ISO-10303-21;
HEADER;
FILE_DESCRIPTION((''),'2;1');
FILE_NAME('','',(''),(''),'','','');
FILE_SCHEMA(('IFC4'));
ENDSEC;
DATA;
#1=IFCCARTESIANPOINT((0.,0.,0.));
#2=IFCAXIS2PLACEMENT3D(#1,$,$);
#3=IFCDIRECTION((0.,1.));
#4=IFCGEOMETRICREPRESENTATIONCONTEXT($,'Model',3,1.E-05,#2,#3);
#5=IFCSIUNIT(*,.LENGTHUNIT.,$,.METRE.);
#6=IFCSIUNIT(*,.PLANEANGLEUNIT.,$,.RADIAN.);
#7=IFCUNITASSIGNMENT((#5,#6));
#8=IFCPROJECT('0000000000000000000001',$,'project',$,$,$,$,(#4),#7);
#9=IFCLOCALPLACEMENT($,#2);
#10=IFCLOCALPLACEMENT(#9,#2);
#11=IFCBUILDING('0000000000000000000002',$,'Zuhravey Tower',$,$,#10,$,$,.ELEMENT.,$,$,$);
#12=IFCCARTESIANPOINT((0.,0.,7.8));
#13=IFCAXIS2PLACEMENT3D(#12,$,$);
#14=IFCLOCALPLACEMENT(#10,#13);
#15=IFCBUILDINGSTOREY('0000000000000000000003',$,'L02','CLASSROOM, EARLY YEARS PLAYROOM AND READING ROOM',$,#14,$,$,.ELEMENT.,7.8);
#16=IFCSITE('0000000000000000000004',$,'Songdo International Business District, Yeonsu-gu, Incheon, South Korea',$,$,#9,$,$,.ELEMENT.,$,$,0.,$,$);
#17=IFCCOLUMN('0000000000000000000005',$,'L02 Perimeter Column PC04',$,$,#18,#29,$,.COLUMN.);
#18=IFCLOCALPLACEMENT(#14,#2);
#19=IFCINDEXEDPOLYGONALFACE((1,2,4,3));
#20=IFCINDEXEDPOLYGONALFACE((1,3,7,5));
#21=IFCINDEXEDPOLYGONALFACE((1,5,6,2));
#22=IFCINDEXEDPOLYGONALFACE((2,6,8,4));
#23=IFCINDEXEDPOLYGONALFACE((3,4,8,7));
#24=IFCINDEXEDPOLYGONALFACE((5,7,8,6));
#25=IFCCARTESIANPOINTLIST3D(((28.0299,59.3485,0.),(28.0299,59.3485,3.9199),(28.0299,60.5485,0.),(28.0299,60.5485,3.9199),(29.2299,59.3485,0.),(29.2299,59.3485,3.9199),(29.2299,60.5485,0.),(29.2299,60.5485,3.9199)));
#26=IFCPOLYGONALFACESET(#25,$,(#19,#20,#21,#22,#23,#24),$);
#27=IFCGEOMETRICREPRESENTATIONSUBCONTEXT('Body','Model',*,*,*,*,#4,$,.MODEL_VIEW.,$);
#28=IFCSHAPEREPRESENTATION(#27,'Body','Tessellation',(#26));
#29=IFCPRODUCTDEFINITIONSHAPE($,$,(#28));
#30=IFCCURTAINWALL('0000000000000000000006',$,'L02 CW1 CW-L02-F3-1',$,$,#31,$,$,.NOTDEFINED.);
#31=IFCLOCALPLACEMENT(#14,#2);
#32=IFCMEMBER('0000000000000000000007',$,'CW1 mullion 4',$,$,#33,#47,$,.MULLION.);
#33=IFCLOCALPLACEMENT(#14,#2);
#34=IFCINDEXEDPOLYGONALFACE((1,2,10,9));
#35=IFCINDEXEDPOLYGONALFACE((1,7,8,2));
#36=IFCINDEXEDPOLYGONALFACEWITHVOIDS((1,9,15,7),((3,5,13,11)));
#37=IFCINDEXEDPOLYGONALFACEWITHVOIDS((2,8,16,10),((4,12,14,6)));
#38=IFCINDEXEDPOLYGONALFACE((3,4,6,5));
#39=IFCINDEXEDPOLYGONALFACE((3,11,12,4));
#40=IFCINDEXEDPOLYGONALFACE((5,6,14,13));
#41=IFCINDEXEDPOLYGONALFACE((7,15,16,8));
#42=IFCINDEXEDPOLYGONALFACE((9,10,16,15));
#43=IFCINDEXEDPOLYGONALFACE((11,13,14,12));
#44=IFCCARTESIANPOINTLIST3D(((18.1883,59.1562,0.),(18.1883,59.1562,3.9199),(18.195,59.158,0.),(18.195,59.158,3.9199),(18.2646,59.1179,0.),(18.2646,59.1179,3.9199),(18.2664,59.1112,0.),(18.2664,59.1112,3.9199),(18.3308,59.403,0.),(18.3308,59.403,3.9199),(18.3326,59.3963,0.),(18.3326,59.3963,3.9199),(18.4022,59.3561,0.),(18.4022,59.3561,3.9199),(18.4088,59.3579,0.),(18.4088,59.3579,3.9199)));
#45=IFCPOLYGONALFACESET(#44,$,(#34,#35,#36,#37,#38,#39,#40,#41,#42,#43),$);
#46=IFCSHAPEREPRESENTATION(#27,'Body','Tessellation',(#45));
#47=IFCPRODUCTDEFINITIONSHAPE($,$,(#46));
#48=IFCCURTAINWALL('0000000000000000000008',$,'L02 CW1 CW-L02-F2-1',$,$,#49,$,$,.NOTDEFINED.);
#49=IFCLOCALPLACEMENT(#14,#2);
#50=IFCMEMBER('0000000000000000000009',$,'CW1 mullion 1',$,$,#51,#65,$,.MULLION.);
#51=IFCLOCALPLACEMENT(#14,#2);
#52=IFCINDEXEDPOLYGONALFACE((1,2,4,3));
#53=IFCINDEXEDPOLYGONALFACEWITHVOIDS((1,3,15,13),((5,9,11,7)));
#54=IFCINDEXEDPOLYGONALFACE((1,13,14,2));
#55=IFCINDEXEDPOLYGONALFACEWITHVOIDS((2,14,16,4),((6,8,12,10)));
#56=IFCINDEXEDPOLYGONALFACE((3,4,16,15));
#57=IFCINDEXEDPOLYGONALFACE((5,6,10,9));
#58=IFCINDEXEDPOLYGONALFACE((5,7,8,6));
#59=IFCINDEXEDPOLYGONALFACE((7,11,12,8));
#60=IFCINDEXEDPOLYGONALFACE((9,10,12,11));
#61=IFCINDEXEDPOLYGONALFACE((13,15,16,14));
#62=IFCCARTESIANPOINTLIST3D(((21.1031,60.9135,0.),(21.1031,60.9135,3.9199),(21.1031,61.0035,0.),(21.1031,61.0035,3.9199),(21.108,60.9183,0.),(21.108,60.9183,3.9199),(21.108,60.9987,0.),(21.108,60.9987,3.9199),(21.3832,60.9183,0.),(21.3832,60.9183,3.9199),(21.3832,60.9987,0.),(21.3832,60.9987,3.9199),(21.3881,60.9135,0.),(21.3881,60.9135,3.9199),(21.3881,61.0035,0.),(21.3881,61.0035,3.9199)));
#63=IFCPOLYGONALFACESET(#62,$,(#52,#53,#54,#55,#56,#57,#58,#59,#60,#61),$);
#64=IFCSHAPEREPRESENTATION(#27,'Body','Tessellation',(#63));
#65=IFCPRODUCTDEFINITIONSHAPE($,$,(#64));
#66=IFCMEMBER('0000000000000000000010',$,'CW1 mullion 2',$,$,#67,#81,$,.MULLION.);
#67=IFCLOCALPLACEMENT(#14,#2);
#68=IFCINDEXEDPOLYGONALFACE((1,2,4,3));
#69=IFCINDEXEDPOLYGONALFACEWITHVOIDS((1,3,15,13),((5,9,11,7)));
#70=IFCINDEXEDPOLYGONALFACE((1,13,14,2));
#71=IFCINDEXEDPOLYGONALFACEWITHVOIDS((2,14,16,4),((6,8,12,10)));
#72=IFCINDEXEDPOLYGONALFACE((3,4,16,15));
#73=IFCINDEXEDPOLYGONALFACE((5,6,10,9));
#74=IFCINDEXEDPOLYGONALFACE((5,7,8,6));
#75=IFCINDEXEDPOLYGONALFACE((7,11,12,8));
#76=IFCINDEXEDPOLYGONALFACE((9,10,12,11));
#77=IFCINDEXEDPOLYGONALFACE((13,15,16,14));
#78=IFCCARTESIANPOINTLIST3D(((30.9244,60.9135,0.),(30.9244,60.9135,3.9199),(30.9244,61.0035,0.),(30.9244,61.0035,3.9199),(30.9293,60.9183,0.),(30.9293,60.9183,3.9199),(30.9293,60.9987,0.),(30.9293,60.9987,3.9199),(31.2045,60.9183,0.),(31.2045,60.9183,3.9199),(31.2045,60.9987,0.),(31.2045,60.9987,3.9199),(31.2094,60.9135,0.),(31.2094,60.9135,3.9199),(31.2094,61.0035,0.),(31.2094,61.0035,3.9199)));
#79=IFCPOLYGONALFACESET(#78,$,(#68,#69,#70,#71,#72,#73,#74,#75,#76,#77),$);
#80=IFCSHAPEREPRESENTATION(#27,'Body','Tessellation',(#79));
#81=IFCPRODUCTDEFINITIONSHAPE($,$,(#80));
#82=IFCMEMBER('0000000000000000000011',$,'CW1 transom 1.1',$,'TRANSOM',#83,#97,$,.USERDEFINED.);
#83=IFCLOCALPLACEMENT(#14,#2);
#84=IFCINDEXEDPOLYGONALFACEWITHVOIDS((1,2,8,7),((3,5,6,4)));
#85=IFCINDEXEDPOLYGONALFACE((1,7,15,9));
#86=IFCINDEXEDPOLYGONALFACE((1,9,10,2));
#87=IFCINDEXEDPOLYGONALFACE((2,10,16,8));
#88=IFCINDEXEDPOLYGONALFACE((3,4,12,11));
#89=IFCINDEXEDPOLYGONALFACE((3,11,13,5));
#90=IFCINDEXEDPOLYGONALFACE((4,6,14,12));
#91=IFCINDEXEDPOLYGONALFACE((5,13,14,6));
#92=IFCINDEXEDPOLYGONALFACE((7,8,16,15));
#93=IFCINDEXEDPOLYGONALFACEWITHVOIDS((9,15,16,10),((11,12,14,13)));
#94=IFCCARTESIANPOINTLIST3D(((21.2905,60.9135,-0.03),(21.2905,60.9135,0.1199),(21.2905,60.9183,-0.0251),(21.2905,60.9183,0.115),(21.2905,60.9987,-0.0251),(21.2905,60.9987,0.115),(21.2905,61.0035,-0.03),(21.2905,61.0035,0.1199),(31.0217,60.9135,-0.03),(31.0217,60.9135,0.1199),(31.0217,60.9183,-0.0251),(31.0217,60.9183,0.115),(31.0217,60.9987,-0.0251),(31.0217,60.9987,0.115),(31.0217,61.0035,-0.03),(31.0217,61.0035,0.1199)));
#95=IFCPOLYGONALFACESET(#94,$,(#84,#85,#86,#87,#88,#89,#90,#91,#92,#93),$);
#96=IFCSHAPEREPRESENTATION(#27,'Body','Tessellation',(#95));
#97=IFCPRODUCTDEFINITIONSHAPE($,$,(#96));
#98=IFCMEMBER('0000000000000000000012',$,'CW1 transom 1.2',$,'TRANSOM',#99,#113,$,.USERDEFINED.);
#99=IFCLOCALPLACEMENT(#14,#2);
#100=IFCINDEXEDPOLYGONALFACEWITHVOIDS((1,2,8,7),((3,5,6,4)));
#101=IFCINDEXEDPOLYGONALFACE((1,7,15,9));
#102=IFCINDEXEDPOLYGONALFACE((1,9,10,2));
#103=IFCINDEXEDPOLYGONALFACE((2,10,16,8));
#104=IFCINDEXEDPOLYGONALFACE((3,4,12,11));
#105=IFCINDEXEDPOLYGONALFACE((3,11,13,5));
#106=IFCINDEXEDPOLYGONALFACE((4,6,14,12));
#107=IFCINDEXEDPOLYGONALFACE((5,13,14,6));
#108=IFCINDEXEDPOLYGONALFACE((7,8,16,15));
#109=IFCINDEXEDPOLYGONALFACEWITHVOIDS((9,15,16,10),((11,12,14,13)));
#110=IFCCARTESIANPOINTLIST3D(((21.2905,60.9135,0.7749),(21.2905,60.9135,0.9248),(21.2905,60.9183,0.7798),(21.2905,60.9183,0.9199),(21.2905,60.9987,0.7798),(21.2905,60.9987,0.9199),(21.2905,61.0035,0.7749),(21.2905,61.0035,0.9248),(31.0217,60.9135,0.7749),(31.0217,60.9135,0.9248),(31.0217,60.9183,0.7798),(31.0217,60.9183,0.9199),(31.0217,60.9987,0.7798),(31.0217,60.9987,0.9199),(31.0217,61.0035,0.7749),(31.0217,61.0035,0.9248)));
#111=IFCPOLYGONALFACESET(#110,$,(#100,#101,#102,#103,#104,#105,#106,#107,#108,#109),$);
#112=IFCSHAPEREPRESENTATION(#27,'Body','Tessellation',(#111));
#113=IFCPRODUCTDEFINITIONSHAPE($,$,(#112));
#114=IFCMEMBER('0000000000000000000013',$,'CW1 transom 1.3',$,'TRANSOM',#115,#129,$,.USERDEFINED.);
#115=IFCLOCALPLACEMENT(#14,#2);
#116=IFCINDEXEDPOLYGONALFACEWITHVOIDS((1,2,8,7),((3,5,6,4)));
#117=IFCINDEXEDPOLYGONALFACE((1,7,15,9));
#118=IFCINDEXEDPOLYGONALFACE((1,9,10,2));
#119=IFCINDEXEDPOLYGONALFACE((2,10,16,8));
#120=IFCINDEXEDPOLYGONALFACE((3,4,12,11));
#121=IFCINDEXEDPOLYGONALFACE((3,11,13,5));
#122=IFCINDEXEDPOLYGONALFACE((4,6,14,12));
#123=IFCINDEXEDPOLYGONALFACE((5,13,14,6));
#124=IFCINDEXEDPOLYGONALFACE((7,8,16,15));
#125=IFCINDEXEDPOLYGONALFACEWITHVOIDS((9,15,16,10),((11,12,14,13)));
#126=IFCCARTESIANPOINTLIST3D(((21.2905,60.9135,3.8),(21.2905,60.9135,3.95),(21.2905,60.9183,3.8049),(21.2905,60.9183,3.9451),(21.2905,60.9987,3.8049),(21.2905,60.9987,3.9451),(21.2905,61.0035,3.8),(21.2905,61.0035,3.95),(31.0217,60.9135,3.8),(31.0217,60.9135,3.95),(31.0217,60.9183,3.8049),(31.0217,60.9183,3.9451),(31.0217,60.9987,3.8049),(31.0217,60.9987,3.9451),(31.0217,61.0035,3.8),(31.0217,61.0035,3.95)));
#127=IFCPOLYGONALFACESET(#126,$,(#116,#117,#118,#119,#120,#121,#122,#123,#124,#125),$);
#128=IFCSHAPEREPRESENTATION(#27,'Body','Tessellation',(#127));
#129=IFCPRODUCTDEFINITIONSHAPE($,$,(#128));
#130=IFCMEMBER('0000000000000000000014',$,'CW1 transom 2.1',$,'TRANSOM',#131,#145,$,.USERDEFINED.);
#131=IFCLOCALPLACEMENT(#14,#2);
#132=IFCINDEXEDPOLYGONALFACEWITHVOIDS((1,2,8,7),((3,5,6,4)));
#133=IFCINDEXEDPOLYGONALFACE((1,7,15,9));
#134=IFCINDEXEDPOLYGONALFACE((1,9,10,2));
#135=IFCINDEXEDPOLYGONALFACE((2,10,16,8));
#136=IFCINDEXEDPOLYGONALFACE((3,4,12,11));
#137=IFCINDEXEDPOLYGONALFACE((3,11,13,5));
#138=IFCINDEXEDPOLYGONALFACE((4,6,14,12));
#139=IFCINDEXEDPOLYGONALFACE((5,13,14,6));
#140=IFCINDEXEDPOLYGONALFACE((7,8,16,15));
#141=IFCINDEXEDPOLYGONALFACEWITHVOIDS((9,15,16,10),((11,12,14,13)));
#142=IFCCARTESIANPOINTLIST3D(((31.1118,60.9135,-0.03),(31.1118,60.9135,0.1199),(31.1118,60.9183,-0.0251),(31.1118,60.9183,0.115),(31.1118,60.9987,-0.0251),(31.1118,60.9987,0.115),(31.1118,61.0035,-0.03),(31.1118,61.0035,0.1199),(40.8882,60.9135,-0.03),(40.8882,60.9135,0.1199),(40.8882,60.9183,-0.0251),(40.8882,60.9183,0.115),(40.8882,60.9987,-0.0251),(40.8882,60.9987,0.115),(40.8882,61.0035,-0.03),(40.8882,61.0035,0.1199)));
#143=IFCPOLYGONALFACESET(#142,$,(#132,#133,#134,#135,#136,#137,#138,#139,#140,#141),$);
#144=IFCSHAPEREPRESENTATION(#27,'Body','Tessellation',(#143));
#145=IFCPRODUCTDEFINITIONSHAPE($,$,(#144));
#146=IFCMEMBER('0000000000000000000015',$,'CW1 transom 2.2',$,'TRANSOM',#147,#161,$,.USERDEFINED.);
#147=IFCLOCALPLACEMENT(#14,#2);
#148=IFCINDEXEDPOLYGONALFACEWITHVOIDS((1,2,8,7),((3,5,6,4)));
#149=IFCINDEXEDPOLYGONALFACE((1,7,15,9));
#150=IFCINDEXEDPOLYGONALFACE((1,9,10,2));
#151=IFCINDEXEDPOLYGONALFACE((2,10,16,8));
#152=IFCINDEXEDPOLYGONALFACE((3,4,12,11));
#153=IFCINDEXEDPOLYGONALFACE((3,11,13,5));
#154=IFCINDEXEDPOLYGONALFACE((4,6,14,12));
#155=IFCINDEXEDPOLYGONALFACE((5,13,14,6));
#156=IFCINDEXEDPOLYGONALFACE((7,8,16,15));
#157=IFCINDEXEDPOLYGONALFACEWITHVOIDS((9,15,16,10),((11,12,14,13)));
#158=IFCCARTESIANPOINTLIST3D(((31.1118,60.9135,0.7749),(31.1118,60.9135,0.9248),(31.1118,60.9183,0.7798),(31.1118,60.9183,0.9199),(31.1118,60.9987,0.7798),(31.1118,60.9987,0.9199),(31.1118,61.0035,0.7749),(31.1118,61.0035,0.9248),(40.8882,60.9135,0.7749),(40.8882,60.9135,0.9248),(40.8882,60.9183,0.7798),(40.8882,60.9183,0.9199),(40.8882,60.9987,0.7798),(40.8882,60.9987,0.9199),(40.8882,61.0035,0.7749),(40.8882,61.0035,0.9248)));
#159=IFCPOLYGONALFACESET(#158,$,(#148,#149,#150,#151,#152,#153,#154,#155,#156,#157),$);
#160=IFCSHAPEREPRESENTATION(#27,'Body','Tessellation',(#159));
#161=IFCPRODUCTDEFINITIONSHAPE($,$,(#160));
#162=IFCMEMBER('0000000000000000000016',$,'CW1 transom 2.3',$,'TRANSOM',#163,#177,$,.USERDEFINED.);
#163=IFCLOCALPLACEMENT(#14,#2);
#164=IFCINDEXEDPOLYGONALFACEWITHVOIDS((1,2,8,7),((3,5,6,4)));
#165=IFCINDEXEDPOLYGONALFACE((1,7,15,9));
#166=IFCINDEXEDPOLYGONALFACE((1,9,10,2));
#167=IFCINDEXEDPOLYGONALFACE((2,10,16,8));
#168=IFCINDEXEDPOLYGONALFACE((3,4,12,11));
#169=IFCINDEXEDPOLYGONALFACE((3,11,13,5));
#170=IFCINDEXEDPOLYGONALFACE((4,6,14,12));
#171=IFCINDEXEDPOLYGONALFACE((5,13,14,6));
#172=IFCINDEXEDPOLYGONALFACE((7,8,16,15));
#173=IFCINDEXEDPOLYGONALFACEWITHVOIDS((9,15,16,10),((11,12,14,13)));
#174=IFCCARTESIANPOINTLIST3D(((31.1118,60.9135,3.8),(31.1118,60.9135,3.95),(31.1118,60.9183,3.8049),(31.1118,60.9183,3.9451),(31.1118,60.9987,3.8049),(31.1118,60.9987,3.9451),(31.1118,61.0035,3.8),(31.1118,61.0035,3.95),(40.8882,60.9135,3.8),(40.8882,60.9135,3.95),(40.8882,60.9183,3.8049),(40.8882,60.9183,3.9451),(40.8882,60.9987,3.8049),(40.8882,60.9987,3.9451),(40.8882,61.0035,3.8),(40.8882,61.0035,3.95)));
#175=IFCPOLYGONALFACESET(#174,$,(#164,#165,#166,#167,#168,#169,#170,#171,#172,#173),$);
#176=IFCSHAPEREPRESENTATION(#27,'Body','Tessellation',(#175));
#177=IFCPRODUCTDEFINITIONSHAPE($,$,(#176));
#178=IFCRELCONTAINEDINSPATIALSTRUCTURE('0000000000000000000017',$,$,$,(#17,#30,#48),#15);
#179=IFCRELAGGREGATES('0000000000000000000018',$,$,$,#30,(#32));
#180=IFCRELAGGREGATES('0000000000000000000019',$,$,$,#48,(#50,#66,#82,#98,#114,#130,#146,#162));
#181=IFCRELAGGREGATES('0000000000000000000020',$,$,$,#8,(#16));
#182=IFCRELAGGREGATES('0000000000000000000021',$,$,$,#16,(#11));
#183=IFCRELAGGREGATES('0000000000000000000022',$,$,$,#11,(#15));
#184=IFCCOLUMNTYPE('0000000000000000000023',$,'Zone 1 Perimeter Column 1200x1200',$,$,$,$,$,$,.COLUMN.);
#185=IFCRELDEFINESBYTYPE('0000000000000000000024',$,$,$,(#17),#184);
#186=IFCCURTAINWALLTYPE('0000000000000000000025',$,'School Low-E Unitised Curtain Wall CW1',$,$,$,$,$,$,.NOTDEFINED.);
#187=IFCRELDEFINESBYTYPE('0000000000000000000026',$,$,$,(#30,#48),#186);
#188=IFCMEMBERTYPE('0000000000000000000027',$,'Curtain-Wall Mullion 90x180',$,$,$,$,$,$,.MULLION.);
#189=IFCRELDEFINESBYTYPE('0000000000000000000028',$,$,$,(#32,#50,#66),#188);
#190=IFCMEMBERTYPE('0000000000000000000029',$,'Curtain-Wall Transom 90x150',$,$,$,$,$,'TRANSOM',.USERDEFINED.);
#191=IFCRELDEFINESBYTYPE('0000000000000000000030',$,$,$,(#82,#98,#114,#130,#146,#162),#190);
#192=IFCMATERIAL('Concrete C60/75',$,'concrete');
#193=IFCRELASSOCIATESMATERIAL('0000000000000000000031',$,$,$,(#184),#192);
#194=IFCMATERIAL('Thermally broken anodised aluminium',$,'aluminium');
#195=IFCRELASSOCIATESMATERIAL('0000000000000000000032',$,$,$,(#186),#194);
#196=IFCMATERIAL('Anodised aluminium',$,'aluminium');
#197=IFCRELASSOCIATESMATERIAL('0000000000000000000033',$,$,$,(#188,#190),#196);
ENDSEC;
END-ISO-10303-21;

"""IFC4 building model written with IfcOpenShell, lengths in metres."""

from ifc_helpers import new_model, si_unit, direction, frame, origin, origin_2d, place, context, subcontext, project, spatial, rectangle, hollow_rectangle, extrude, material, material_profile, profile_set, type_object, element, aggregate, save


model = new_model("IFC4")

# Units and contexts
model_context = context("Model", 3, precision=1e-05, world=origin(), true_north=direction((0.0, 1.0)))
body_context = subcontext(model_context, "Body", "Model", "MODEL_VIEW")
ifc_project = project(units=[si_unit("LENGTHUNIT", "METRE"), si_unit("PLANEANGLEUNIT", "RADIAN")], contexts=[model_context])

# Site, building, storey
site_placement = place(None, origin())
site = spatial("IfcSite", under=ifc_project, at=site_placement, Name="Songdo International Business District, Yeonsu-gu, Incheon, South Korea", CompositionType="ELEMENT", RefElevation=0.0)
building_placement = place(site_placement, origin())
building = spatial("IfcBuilding", under=site, at=building_placement, Name="Zuhravey Tower", CompositionType="ELEMENT")
storey_placement = place(building_placement, frame((0.0, 0.0, 7.8)))
storey = spatial("IfcBuildingStorey", under=building, at=storey_placement, Name="L02", Description="CLASSROOM, EARLY YEARS PLAYROOM AND READING ROOM", CompositionType="ELEMENT", Elevation=7.8)

# Column
ifc_material_1 = material(Name="Concrete C60/75", Category="concrete")
ifc_material_profile_1 = material_profile(ifc_material_1, rectangle(XDim=1.2, YDim=1.2, at=origin_2d()), Name="RC-1200x1200")
ifc_profile_set_1 = profile_set([ifc_material_profile_1], Name="Concrete C60/75")
column_type = type_object("IfcColumnType", Name="Zone 1 Perimeter Column 1200x1200", PredefinedType="COLUMN", material=ifc_profile_set_1)
column_placement = place(storey_placement, frame((28.6299, 59.9485, 0.0), z_axis=(0.0, 0.0, 1.0), x_axis=(-1.0, 0.0, 0.0)))
element("IfcColumn", 1, at=column_placement, inside=storey, type_object=column_type, Name="L02 Perimeter Column PC04", PredefinedType="COLUMN", context=body_context, shape_type="SweptSolid", body=[
    extrude(rectangle(XDim=1.2, YDim=1.2, at=origin_2d()), origin(), (0.0, 0.0, 1.0), 3.9199),
])

# Curtain wall, member
ifc_material_2 = material(Name="Thermally broken anodised aluminium", Category="aluminium")
curtain_wall_type = type_object("IfcCurtainWallType", Name="School Low-E Unitised Curtain Wall CW1", PredefinedType="NOTDEFINED", material=ifc_material_2)
curtain_wall_1_placement = place(storey_placement, origin())
curtain_wall_1 = element("IfcCurtainWall", 2, at=curtain_wall_1_placement, inside=storey, type_object=curtain_wall_type, Name="L02 CW1 CW-L02-F3-1", PredefinedType="NOTDEFINED")
ifc_material_3 = material(Name="Anodised aluminium", Category="aluminium")
ifc_material_profile_2 = material_profile(ifc_material_3, hollow_rectangle(XDim=0.0901, YDim=0.2849, WallThickness=0.0049, at=origin_2d()), Name="ALU-RHS-90x285x5")
ifc_profile_set_2 = profile_set([ifc_material_profile_2], Name="Anodised aluminium")
member_type_1 = type_object("IfcMemberType", Name="Curtain-Wall Mullion 90x180", PredefinedType="MULLION", material=ifc_profile_set_2)
member_1_placement = place(storey_placement, frame((18.2986, 59.2571, 0.0), z_axis=(0.0, 0.0, 1.0), x_axis=(-0.866026, 0.5, 0.0)))
member_1 = element("IfcMember", 3, at=member_1_placement, type_object=member_type_1, Name="CW1 mullion 4", PredefinedType="MULLION", context=body_context, shape_type="SweptSolid", body=[
    extrude(hollow_rectangle(XDim=0.0901, YDim=0.2849, WallThickness=0.0049, at=origin_2d()), origin(), (0.0, 0.0, 1.0), 3.9199),
])
aggregate(curtain_wall_1, [member_1])

# Curtain wall, members
curtain_wall_2_placement = place(storey_placement, origin())
curtain_wall_2 = element("IfcCurtainWall", 4, at=curtain_wall_2_placement, inside=storey, type_object=curtain_wall_type, Name="L02 CW1 CW-L02-F2-1", PredefinedType="NOTDEFINED")
member_2_placement = place(storey_placement, frame((21.2456, 60.9585, 0.0), z_axis=(0.0, 0.0, 1.0), x_axis=(0.0, 1.0, 0.0)))
member_2 = element("IfcMember", 5, at=member_2_placement, type_object=member_type_1, Name="CW1 mullion 1", PredefinedType="MULLION", context=body_context, shape_type="SweptSolid", body=[
    extrude(hollow_rectangle(XDim=0.0901, YDim=0.2849, WallThickness=0.0049, at=origin_2d()), origin(), (0.0, 0.0, 1.0), 3.9199),
])
member_3_placement = place(storey_placement, frame((31.0669, 60.9585, 0.0), z_axis=(0.0, 0.0, 1.0), x_axis=(0.0, 1.0, 0.0)))
member_3 = element("IfcMember", 6, at=member_3_placement, type_object=member_type_1, Name="CW1 mullion 2", PredefinedType="MULLION", context=body_context, shape_type="SweptSolid", body=[
    extrude(hollow_rectangle(XDim=0.0901, YDim=0.2849, WallThickness=0.0049, at=origin_2d()), origin(), (0.0, 0.0, 1.0), 3.9199),
])
ifc_material_profile_3 = material_profile(ifc_material_3, hollow_rectangle(XDim=0.0901, YDim=0.1499, WallThickness=0.0049, at=origin_2d()), Name="ALU-RHS-90x150x5")
ifc_profile_set_3 = profile_set([ifc_material_profile_3], Name="Anodised aluminium")
member_type_2 = type_object("IfcMemberType", Name="Curtain-Wall Transom 90x150", ElementType="TRANSOM", PredefinedType="USERDEFINED", material=ifc_profile_set_3)
member_4_placement = place(storey_placement, frame((21.2905, 60.9585, 0.0449), z_axis=(1.0, 0.0, 0.0), x_axis=(0.0, 1.0, 0.0)))
member_4 = element("IfcMember", 7, at=member_4_placement, type_object=member_type_2, Name="CW1 transom 1.1", ObjectType="TRANSOM", PredefinedType="USERDEFINED", context=body_context, shape_type="SweptSolid", body=[
    extrude(hollow_rectangle(XDim=0.0901, YDim=0.1499, WallThickness=0.0049, at=origin_2d()), origin(), (0.0, 0.0, 1.0), 9.7312),
])
member_5_placement = place(storey_placement, frame((21.2905, 60.9585, 0.8499), z_axis=(1.0, 0.0, 0.0), x_axis=(0.0, 1.0, 0.0)))
member_5 = element("IfcMember", 8, at=member_5_placement, type_object=member_type_2, Name="CW1 transom 1.2", ObjectType="TRANSOM", PredefinedType="USERDEFINED", context=body_context, shape_type="SweptSolid", body=[
    extrude(hollow_rectangle(XDim=0.0901, YDim=0.1499, WallThickness=0.0049, at=origin_2d()), origin(), (0.0, 0.0, 1.0), 9.7312),
])
member_6_placement = place(storey_placement, frame((21.2905, 60.9585, 3.875), z_axis=(1.0, 0.0, 0.0), x_axis=(0.0, 1.0, 0.0)))
member_6 = element("IfcMember", 9, at=member_6_placement, type_object=member_type_2, Name="CW1 transom 1.3", ObjectType="TRANSOM", PredefinedType="USERDEFINED", context=body_context, shape_type="SweptSolid", body=[
    extrude(hollow_rectangle(XDim=0.0901, YDim=0.1499, WallThickness=0.0049, at=origin_2d()), origin(), (0.0, 0.0, 1.0), 9.7312),
])
member_7_placement = place(storey_placement, frame((31.1118, 60.9585, 0.0449), z_axis=(1.0, 0.0, 0.0), x_axis=(0.0, 1.0, 0.0)))
member_7 = element("IfcMember", 10, at=member_7_placement, type_object=member_type_2, Name="CW1 transom 2.1", ObjectType="TRANSOM", PredefinedType="USERDEFINED", context=body_context, shape_type="SweptSolid", body=[
    extrude(hollow_rectangle(XDim=0.0901, YDim=0.1499, WallThickness=0.0049, at=origin_2d()), origin(), (0.0, 0.0, 1.0), 9.7764),
])
member_8_placement = place(storey_placement, frame((31.1118, 60.9585, 0.8499), z_axis=(1.0, 0.0, 0.0), x_axis=(0.0, 1.0, 0.0)))
member_8 = element("IfcMember", 11, at=member_8_placement, type_object=member_type_2, Name="CW1 transom 2.2", ObjectType="TRANSOM", PredefinedType="USERDEFINED", context=body_context, shape_type="SweptSolid", body=[
    extrude(hollow_rectangle(XDim=0.0901, YDim=0.1499, WallThickness=0.0049, at=origin_2d()), origin(), (0.0, 0.0, 1.0), 9.7764),
])
member_9_placement = place(storey_placement, frame((31.1118, 60.9585, 3.875), z_axis=(1.0, 0.0, 0.0), x_axis=(0.0, 1.0, 0.0)))
member_9 = element("IfcMember", 12, at=member_9_placement, type_object=member_type_2, Name="CW1 transom 2.3", ObjectType="TRANSOM", PredefinedType="USERDEFINED", context=body_context, shape_type="SweptSolid", body=[
    extrude(hollow_rectangle(XDim=0.0901, YDim=0.1499, WallThickness=0.0049, at=origin_2d()), origin(), (0.0, 0.0, 1.0), 9.7764),
])

aggregate(curtain_wall_2, [member_2, member_3, member_4, member_5, member_6, member_7, member_8, member_9])

save(model, "model.ifc")
